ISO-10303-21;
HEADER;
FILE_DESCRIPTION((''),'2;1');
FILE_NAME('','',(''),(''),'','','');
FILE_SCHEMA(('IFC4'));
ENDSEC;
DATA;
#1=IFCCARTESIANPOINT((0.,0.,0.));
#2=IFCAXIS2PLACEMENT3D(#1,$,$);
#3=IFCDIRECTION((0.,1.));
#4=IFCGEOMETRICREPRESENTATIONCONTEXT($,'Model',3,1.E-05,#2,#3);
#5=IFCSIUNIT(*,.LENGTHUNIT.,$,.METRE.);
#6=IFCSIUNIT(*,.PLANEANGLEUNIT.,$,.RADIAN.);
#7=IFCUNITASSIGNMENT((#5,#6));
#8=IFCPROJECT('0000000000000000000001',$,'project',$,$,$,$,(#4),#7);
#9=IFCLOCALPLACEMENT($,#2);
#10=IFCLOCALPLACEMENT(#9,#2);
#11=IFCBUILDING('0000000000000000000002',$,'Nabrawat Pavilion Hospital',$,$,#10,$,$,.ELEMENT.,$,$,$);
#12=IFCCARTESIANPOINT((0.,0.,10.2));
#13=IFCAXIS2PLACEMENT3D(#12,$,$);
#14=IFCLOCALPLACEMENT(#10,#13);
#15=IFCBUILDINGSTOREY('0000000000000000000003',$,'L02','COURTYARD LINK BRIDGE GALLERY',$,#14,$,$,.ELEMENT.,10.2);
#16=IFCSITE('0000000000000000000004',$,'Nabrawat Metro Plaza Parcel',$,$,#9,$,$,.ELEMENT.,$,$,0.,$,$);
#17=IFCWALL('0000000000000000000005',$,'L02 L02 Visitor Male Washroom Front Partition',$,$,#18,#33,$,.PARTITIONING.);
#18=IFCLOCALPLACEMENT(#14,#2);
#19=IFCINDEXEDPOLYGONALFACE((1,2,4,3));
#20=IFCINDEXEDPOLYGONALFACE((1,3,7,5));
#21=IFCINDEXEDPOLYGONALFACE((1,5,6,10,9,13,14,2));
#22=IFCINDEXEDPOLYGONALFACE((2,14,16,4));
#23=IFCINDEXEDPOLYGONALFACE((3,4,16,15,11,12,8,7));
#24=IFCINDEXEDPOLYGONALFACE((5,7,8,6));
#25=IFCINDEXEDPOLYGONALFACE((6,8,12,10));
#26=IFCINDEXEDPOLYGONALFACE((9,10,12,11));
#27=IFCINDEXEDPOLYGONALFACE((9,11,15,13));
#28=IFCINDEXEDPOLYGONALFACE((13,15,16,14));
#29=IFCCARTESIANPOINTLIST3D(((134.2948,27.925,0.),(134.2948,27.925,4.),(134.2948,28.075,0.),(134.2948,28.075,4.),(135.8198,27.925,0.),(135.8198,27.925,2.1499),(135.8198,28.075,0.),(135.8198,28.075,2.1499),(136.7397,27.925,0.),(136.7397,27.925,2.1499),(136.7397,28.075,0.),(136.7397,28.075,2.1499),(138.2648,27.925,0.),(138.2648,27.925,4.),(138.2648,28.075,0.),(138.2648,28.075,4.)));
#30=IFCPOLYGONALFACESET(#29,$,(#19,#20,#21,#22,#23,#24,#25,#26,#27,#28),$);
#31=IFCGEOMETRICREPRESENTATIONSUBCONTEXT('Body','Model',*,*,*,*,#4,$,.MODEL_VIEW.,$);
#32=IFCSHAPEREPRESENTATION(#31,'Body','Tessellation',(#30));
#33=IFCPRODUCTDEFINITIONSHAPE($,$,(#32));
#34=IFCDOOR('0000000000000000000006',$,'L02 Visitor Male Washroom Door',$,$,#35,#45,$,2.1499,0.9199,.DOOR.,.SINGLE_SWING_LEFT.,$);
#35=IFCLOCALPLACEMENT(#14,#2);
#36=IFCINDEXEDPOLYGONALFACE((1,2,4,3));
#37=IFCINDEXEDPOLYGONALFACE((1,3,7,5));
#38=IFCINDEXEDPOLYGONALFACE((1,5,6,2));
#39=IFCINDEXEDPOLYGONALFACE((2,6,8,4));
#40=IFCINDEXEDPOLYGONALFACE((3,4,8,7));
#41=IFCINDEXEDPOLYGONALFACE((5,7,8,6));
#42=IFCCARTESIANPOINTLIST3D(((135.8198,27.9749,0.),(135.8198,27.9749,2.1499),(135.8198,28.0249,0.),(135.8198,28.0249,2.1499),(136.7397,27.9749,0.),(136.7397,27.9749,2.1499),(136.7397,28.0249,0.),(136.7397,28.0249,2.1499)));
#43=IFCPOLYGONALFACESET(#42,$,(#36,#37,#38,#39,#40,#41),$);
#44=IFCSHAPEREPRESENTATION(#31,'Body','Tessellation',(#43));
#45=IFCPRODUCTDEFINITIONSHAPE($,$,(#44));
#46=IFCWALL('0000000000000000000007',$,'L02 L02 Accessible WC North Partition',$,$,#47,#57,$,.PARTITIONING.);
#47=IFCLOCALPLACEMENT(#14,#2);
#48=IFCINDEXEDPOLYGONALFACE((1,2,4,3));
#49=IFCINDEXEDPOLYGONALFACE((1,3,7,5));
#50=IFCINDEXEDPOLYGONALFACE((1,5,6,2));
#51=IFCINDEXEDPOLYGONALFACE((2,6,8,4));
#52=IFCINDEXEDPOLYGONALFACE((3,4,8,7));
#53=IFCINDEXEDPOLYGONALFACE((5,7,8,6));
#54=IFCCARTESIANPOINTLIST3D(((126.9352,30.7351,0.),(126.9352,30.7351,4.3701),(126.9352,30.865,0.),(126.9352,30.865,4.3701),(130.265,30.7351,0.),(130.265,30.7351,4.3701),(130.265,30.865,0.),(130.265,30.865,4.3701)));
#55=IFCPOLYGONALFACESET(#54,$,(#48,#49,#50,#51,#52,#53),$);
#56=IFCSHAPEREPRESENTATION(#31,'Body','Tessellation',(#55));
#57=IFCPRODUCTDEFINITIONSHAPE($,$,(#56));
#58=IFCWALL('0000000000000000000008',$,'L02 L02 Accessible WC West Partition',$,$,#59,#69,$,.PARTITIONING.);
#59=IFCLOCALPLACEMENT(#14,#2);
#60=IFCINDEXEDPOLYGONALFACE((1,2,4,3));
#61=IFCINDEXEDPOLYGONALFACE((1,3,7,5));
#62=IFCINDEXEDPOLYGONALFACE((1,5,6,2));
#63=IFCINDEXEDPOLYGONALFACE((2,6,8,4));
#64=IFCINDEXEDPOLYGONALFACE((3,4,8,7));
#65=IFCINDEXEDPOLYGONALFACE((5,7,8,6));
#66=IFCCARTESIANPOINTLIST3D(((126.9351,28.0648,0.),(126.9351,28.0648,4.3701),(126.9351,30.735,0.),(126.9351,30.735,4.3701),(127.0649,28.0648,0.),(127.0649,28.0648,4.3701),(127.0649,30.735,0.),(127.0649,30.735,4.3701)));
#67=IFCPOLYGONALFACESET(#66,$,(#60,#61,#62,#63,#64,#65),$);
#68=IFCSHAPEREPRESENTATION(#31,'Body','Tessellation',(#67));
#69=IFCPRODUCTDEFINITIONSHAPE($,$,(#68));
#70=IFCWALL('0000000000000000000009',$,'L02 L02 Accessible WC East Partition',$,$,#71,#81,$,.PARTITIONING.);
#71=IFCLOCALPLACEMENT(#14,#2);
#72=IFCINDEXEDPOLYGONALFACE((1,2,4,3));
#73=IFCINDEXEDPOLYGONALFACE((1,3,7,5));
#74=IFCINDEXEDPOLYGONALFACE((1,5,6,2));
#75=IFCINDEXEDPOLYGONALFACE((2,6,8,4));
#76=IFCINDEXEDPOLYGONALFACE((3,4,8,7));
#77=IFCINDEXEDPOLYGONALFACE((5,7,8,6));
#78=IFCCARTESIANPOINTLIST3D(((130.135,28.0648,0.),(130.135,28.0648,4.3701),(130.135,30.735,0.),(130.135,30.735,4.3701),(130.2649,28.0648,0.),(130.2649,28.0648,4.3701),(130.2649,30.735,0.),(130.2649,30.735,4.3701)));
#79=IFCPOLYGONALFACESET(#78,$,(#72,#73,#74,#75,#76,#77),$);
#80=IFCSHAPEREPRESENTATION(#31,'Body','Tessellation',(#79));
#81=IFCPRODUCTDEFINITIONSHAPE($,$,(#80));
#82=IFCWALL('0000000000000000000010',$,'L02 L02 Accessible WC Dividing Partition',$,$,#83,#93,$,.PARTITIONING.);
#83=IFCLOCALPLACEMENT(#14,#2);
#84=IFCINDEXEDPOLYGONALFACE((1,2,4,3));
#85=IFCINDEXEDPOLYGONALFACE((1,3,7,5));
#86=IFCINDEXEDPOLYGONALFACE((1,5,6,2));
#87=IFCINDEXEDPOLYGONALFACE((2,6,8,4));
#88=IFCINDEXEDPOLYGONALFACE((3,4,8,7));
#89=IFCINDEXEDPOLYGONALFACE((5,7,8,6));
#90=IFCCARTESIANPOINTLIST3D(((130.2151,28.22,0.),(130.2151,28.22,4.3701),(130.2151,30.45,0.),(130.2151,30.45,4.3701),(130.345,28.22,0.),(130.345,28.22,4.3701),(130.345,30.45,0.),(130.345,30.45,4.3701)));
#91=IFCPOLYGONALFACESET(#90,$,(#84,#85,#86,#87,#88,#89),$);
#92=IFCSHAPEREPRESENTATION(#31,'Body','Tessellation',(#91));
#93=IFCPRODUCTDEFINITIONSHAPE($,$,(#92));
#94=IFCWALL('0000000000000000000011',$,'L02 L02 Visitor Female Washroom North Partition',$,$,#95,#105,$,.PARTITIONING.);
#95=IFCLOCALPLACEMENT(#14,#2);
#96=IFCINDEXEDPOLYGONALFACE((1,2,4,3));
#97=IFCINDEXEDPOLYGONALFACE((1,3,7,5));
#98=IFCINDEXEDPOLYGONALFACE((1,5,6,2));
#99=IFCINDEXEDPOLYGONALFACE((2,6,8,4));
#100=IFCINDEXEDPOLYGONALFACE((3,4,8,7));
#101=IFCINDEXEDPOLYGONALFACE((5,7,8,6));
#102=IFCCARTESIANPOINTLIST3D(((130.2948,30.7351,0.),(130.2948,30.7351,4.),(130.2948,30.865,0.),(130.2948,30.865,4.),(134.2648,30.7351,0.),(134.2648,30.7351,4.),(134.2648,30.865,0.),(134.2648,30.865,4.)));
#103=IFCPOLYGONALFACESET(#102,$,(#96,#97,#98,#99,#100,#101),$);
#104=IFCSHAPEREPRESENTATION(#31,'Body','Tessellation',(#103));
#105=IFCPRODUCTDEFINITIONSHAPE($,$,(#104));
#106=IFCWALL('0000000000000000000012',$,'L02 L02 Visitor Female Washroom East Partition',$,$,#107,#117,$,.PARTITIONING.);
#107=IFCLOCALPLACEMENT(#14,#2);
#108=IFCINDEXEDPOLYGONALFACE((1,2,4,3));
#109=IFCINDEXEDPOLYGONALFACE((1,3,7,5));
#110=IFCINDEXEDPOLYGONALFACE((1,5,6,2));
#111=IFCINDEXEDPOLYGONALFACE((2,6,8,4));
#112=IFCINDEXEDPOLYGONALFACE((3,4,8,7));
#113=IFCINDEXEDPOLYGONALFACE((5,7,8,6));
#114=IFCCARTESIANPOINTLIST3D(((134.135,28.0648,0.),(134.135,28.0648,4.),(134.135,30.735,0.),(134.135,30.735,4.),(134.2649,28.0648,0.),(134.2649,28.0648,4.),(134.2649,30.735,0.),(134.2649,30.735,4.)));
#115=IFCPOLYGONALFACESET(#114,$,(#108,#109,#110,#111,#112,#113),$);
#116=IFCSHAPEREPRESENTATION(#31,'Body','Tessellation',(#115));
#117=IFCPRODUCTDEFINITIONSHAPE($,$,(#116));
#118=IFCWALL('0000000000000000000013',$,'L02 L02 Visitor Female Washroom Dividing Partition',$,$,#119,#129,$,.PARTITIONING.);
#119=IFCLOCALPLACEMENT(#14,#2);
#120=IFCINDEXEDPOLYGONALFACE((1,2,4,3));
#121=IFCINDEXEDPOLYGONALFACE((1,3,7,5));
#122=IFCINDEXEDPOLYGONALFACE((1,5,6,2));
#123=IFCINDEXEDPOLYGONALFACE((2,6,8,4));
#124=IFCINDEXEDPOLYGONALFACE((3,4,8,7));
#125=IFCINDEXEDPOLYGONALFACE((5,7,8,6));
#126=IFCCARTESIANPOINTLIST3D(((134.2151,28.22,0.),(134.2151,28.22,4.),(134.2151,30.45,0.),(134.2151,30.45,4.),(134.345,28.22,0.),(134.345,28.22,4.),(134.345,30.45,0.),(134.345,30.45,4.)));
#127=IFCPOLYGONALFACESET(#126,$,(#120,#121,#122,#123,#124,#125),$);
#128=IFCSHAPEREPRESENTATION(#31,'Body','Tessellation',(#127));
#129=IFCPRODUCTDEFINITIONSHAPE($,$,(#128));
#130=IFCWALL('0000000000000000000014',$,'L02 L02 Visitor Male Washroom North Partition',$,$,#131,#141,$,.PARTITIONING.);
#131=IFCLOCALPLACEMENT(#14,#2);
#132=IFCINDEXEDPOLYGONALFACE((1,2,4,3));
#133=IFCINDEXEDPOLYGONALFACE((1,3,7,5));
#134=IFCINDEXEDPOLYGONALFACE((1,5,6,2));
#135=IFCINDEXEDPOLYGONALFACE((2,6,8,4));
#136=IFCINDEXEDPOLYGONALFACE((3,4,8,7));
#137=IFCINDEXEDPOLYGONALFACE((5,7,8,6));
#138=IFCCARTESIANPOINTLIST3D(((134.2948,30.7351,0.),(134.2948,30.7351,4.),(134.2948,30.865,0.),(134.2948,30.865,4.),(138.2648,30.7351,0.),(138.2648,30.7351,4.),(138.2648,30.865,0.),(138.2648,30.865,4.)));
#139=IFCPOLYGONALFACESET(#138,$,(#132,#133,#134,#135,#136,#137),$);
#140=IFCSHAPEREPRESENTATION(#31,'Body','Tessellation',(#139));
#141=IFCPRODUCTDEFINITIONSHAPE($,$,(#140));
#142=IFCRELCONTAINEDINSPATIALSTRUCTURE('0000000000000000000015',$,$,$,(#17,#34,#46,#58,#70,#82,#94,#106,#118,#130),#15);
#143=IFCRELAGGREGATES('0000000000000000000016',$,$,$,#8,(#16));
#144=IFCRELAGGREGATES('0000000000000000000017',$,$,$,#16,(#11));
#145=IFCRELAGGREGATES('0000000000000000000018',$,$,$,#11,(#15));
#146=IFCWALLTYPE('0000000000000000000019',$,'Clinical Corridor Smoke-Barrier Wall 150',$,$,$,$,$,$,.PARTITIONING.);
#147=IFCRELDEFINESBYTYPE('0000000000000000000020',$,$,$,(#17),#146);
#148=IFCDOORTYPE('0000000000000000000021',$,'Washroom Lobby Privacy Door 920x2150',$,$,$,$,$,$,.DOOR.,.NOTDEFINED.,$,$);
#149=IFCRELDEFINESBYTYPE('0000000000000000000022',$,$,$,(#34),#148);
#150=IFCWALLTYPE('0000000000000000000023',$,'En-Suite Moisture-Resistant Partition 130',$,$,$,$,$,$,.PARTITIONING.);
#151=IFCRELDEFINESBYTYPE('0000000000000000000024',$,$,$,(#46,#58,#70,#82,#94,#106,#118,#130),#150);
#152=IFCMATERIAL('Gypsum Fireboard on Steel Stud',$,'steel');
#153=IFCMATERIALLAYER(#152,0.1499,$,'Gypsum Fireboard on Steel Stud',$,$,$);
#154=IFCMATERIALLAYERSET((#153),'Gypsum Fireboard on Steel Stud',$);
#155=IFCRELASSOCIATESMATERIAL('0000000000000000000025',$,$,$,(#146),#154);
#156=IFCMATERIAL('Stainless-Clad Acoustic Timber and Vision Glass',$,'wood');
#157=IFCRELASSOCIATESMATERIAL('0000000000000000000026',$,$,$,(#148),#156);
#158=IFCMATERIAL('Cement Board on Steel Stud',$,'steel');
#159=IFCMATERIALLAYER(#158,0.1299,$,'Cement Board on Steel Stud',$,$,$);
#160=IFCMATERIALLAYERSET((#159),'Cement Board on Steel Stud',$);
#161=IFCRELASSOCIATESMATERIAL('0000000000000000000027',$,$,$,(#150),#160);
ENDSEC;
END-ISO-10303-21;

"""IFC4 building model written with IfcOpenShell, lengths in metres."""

from ifc_helpers import new_model, si_unit, direction, frame, frame_2d, origin, place, context, subcontext, project, spatial, rectangle, extrude, material, layer, layer_set, type_object, element, fill, save


model = new_model("IFC4")

# Units and contexts
model_context = context("Model", 3, precision=1e-05, world=origin(), true_north=direction((0.0, 1.0)))
body_context = subcontext(model_context, "Body", "Model", "MODEL_VIEW")
ifc_project = project(units=[si_unit("LENGTHUNIT", "METRE"), si_unit("PLANEANGLEUNIT", "RADIAN")], contexts=[model_context])

# Site, building, storey
site_placement = place(None, origin())
site = spatial("IfcSite", under=ifc_project, at=site_placement, Name="Nabrawat Metro Plaza Parcel", CompositionType="ELEMENT", RefElevation=0.0)
building_placement = place(site_placement, origin())
building = spatial("IfcBuilding", under=site, at=building_placement, Name="Nabrawat Pavilion Hospital", CompositionType="ELEMENT")
storey_placement = place(building_placement, frame((0.0, 0.0, 10.2)))
storey = spatial("IfcBuildingStorey", under=building, at=storey_placement, Name="L02", Description="COURTYARD LINK BRIDGE GALLERY", CompositionType="ELEMENT", Elevation=10.2)

# Wall, opening, door
ifc_material_1 = material(Name="Gypsum Fireboard on Steel Stud", Category="steel")
ifc_layer_1 = layer(ifc_material_1, 0.1499, Name="Gypsum Fireboard on Steel Stud")
ifc_layer_set_1 = layer_set([ifc_layer_1], Name="Gypsum Fireboard on Steel Stud")
wall_type_1 = type_object("IfcWallType", Name="Clinical Corridor Smoke-Barrier Wall 150", PredefinedType="PARTITIONING", material=ifc_layer_set_1)
ifc_material_2 = material(Name="Stainless-Clad Acoustic Timber and Vision Glass", Category="wood")
door_type_1 = type_object("IfcDoorType", Name="Washroom Lobby Privacy Door 920x2150", OperationType="NOTDEFINED", PredefinedType="DOOR", material=ifc_material_2)
wall_1_placement = place(storey_placement, frame((134.2949, 28.0, 0.0), z_axis=(0.0, 0.0, 1.0), x_axis=(1.0, 0.0, 0.0)))
wall_1 = element("IfcWall", 1, at=wall_1_placement, inside=storey, type_object=wall_type_1, Name="L02 L02 Visitor Male Washroom Front Partition", PredefinedType="PARTITIONING", context=body_context, shape_type="SweptSolid", body=[
    extrude(rectangle(XDim=3.97, YDim=0.1499, at=frame_2d((1.9849, 0.0))), origin(), (0.0, 0.0, 1.0), 4.0),
])
opening_1_placement = place(wall_1_placement, frame((1.5249, 0.0, 0.0)))
opening_1 = element("IfcOpeningElement", 2, at=opening_1_placement, cuts=wall_1, PredefinedType="OPENING", context=body_context, shape_type="SweptSolid", body=[
    extrude(rectangle(XDim=0.9199, YDim=2.1499, at=frame_2d((0.46, 1.075))), frame((0.0, 0.085, 0.0), z_axis=(0.0, -1.0, 0.0), x_axis=(1.0, 0.0, 0.0)), (0.0, 0.0, 1.0), 0.1699),
])
door_1_placement = place(opening_1_placement, origin())
door_1 = element("IfcDoor", 3, at=door_1_placement, inside=storey, type_object=door_type_1, Name="L02 Visitor Male Washroom Door", OperationType="SINGLE_SWING_LEFT", OverallHeight=2.1499, OverallWidth=0.9199, PredefinedType="DOOR", context=body_context, shape_type="SweptSolid", body=[
    extrude(rectangle(XDim=0.9199, YDim=2.1499, at=frame_2d((0.46, 1.075))), frame((0.0, 0.0249, 0.0), z_axis=(0.0, -1.0, 0.0), x_axis=(1.0, 0.0, 0.0)), (0.0, 0.0, 1.0), 0.05),
])
fill(opening_1, door_1)

# Walls
ifc_material_3 = material(Name="Cement Board on Steel Stud", Category="steel")
ifc_layer_2 = layer(ifc_material_3, 0.1299, Name="Cement Board on Steel Stud")
ifc_layer_set_2 = layer_set([ifc_layer_2], Name="Cement Board on Steel Stud")
wall_type_2 = type_object("IfcWallType", Name="En-Suite Moisture-Resistant Partition 130", PredefinedType="PARTITIONING", material=ifc_layer_set_2)
wall_2_placement = place(storey_placement, frame((126.9351, 30.8, 0.0), z_axis=(0.0, 0.0, 1.0), x_axis=(1.0, 0.0, 0.0)))
element("IfcWall", 4, at=wall_2_placement, inside=storey, type_object=wall_type_2, Name="L02 L02 Accessible WC North Partition", PredefinedType="PARTITIONING", context=body_context, shape_type="SweptSolid", body=[
    extrude(rectangle(XDim=3.3298, YDim=0.1299, at=frame_2d((1.665, 0.0))), origin(), (0.0, 0.0, 1.0), 4.3701),
])
for number, where, z_axis, x_axis, name in (
    (5, (127.0, 28.0649, 0.0), (0.0, 0.0, 1.0), (0.0, 1.0, 0.0), "L02 L02 Accessible WC West Partition"),
    (6, (130.2, 28.0649, 0.0), (0.0, 0.0, 1.0), (0.0, 1.0, 0.0), "L02 L02 Accessible WC East Partition"),
):
    element("IfcWall", number, at=place(storey_placement, frame(where, z_axis=z_axis, x_axis=x_axis)), inside=storey, type_object=wall_type_2, Name=name, PredefinedType="PARTITIONING", context=body_context, shape_type="SweptSolid", body=[
        extrude(rectangle(XDim=2.6702, YDim=0.1299, at=frame_2d((1.335, 0.0))), origin(), (0.0, 0.0, 1.0), 4.3701),
    ])
wall_3_placement = place(storey_placement, frame((130.28, 28.22, 0.0), z_axis=(0.0, 0.0, 1.0), x_axis=(0.0, 1.0, 0.0)))
element("IfcWall", 7, at=wall_3_placement, inside=storey, type_object=wall_type_2, Name="L02 L02 Accessible WC Dividing Partition", PredefinedType="PARTITIONING", context=body_context, shape_type="SweptSolid", body=[
    extrude(rectangle(XDim=2.23, YDim=0.1299, at=frame_2d((1.115, 0.0))), origin(), (0.0, 0.0, 1.0), 4.3701),
])
wall_4_placement = place(storey_placement, frame((130.2949, 30.8, 0.0), z_axis=(0.0, 0.0, 1.0), x_axis=(1.0, 0.0, 0.0)))
element("IfcWall", 8, at=wall_4_placement, inside=storey, type_object=wall_type_2, Name="L02 L02 Visitor Female Washroom North Partition", PredefinedType="PARTITIONING", context=body_context, shape_type="SweptSolid", body=[
    extrude(rectangle(XDim=3.97, YDim=0.1299, at=frame_2d((1.9849, 0.0))), origin(), (0.0, 0.0, 1.0), 4.0),
])
wall_5_placement = place(storey_placement, frame((134.2, 28.0649, 0.0), z_axis=(0.0, 0.0, 1.0), x_axis=(0.0, 1.0, 0.0)))
element("IfcWall", 9, at=wall_5_placement, inside=storey, type_object=wall_type_2, Name="L02 L02 Visitor Female Washroom East Partition", PredefinedType="PARTITIONING", context=body_context, shape_type="SweptSolid", body=[
    extrude(rectangle(XDim=2.6702, YDim=0.1299, at=frame_2d((1.335, 0.0))), origin(), (0.0, 0.0, 1.0), 4.0),
])
wall_6_placement = place(storey_placement, frame((134.28, 28.22, 0.0), z_axis=(0.0, 0.0, 1.0), x_axis=(0.0, 1.0, 0.0)))
element("IfcWall", 10, at=wall_6_placement, inside=storey, type_object=wall_type_2, Name="L02 L02 Visitor Female Washroom Dividing Partition", PredefinedType="PARTITIONING", context=body_context, shape_type="SweptSolid", body=[
    extrude(rectangle(XDim=2.23, YDim=0.1299, at=frame_2d((1.115, 0.0))), origin(), (0.0, 0.0, 1.0), 4.0),
])
wall_7_placement = place(storey_placement, frame((134.2949, 30.8, 0.0), z_axis=(0.0, 0.0, 1.0), x_axis=(1.0, 0.0, 0.0)))
element("IfcWall", 11, at=wall_7_placement, inside=storey, type_object=wall_type_2, Name="L02 L02 Visitor Male Washroom North Partition", PredefinedType="PARTITIONING", context=body_context, shape_type="SweptSolid", body=[
    extrude(rectangle(XDim=3.97, YDim=0.1299, at=frame_2d((1.9849, 0.0))), origin(), (0.0, 0.0, 1.0), 4.0),
])

save(model, "model.ifc")
